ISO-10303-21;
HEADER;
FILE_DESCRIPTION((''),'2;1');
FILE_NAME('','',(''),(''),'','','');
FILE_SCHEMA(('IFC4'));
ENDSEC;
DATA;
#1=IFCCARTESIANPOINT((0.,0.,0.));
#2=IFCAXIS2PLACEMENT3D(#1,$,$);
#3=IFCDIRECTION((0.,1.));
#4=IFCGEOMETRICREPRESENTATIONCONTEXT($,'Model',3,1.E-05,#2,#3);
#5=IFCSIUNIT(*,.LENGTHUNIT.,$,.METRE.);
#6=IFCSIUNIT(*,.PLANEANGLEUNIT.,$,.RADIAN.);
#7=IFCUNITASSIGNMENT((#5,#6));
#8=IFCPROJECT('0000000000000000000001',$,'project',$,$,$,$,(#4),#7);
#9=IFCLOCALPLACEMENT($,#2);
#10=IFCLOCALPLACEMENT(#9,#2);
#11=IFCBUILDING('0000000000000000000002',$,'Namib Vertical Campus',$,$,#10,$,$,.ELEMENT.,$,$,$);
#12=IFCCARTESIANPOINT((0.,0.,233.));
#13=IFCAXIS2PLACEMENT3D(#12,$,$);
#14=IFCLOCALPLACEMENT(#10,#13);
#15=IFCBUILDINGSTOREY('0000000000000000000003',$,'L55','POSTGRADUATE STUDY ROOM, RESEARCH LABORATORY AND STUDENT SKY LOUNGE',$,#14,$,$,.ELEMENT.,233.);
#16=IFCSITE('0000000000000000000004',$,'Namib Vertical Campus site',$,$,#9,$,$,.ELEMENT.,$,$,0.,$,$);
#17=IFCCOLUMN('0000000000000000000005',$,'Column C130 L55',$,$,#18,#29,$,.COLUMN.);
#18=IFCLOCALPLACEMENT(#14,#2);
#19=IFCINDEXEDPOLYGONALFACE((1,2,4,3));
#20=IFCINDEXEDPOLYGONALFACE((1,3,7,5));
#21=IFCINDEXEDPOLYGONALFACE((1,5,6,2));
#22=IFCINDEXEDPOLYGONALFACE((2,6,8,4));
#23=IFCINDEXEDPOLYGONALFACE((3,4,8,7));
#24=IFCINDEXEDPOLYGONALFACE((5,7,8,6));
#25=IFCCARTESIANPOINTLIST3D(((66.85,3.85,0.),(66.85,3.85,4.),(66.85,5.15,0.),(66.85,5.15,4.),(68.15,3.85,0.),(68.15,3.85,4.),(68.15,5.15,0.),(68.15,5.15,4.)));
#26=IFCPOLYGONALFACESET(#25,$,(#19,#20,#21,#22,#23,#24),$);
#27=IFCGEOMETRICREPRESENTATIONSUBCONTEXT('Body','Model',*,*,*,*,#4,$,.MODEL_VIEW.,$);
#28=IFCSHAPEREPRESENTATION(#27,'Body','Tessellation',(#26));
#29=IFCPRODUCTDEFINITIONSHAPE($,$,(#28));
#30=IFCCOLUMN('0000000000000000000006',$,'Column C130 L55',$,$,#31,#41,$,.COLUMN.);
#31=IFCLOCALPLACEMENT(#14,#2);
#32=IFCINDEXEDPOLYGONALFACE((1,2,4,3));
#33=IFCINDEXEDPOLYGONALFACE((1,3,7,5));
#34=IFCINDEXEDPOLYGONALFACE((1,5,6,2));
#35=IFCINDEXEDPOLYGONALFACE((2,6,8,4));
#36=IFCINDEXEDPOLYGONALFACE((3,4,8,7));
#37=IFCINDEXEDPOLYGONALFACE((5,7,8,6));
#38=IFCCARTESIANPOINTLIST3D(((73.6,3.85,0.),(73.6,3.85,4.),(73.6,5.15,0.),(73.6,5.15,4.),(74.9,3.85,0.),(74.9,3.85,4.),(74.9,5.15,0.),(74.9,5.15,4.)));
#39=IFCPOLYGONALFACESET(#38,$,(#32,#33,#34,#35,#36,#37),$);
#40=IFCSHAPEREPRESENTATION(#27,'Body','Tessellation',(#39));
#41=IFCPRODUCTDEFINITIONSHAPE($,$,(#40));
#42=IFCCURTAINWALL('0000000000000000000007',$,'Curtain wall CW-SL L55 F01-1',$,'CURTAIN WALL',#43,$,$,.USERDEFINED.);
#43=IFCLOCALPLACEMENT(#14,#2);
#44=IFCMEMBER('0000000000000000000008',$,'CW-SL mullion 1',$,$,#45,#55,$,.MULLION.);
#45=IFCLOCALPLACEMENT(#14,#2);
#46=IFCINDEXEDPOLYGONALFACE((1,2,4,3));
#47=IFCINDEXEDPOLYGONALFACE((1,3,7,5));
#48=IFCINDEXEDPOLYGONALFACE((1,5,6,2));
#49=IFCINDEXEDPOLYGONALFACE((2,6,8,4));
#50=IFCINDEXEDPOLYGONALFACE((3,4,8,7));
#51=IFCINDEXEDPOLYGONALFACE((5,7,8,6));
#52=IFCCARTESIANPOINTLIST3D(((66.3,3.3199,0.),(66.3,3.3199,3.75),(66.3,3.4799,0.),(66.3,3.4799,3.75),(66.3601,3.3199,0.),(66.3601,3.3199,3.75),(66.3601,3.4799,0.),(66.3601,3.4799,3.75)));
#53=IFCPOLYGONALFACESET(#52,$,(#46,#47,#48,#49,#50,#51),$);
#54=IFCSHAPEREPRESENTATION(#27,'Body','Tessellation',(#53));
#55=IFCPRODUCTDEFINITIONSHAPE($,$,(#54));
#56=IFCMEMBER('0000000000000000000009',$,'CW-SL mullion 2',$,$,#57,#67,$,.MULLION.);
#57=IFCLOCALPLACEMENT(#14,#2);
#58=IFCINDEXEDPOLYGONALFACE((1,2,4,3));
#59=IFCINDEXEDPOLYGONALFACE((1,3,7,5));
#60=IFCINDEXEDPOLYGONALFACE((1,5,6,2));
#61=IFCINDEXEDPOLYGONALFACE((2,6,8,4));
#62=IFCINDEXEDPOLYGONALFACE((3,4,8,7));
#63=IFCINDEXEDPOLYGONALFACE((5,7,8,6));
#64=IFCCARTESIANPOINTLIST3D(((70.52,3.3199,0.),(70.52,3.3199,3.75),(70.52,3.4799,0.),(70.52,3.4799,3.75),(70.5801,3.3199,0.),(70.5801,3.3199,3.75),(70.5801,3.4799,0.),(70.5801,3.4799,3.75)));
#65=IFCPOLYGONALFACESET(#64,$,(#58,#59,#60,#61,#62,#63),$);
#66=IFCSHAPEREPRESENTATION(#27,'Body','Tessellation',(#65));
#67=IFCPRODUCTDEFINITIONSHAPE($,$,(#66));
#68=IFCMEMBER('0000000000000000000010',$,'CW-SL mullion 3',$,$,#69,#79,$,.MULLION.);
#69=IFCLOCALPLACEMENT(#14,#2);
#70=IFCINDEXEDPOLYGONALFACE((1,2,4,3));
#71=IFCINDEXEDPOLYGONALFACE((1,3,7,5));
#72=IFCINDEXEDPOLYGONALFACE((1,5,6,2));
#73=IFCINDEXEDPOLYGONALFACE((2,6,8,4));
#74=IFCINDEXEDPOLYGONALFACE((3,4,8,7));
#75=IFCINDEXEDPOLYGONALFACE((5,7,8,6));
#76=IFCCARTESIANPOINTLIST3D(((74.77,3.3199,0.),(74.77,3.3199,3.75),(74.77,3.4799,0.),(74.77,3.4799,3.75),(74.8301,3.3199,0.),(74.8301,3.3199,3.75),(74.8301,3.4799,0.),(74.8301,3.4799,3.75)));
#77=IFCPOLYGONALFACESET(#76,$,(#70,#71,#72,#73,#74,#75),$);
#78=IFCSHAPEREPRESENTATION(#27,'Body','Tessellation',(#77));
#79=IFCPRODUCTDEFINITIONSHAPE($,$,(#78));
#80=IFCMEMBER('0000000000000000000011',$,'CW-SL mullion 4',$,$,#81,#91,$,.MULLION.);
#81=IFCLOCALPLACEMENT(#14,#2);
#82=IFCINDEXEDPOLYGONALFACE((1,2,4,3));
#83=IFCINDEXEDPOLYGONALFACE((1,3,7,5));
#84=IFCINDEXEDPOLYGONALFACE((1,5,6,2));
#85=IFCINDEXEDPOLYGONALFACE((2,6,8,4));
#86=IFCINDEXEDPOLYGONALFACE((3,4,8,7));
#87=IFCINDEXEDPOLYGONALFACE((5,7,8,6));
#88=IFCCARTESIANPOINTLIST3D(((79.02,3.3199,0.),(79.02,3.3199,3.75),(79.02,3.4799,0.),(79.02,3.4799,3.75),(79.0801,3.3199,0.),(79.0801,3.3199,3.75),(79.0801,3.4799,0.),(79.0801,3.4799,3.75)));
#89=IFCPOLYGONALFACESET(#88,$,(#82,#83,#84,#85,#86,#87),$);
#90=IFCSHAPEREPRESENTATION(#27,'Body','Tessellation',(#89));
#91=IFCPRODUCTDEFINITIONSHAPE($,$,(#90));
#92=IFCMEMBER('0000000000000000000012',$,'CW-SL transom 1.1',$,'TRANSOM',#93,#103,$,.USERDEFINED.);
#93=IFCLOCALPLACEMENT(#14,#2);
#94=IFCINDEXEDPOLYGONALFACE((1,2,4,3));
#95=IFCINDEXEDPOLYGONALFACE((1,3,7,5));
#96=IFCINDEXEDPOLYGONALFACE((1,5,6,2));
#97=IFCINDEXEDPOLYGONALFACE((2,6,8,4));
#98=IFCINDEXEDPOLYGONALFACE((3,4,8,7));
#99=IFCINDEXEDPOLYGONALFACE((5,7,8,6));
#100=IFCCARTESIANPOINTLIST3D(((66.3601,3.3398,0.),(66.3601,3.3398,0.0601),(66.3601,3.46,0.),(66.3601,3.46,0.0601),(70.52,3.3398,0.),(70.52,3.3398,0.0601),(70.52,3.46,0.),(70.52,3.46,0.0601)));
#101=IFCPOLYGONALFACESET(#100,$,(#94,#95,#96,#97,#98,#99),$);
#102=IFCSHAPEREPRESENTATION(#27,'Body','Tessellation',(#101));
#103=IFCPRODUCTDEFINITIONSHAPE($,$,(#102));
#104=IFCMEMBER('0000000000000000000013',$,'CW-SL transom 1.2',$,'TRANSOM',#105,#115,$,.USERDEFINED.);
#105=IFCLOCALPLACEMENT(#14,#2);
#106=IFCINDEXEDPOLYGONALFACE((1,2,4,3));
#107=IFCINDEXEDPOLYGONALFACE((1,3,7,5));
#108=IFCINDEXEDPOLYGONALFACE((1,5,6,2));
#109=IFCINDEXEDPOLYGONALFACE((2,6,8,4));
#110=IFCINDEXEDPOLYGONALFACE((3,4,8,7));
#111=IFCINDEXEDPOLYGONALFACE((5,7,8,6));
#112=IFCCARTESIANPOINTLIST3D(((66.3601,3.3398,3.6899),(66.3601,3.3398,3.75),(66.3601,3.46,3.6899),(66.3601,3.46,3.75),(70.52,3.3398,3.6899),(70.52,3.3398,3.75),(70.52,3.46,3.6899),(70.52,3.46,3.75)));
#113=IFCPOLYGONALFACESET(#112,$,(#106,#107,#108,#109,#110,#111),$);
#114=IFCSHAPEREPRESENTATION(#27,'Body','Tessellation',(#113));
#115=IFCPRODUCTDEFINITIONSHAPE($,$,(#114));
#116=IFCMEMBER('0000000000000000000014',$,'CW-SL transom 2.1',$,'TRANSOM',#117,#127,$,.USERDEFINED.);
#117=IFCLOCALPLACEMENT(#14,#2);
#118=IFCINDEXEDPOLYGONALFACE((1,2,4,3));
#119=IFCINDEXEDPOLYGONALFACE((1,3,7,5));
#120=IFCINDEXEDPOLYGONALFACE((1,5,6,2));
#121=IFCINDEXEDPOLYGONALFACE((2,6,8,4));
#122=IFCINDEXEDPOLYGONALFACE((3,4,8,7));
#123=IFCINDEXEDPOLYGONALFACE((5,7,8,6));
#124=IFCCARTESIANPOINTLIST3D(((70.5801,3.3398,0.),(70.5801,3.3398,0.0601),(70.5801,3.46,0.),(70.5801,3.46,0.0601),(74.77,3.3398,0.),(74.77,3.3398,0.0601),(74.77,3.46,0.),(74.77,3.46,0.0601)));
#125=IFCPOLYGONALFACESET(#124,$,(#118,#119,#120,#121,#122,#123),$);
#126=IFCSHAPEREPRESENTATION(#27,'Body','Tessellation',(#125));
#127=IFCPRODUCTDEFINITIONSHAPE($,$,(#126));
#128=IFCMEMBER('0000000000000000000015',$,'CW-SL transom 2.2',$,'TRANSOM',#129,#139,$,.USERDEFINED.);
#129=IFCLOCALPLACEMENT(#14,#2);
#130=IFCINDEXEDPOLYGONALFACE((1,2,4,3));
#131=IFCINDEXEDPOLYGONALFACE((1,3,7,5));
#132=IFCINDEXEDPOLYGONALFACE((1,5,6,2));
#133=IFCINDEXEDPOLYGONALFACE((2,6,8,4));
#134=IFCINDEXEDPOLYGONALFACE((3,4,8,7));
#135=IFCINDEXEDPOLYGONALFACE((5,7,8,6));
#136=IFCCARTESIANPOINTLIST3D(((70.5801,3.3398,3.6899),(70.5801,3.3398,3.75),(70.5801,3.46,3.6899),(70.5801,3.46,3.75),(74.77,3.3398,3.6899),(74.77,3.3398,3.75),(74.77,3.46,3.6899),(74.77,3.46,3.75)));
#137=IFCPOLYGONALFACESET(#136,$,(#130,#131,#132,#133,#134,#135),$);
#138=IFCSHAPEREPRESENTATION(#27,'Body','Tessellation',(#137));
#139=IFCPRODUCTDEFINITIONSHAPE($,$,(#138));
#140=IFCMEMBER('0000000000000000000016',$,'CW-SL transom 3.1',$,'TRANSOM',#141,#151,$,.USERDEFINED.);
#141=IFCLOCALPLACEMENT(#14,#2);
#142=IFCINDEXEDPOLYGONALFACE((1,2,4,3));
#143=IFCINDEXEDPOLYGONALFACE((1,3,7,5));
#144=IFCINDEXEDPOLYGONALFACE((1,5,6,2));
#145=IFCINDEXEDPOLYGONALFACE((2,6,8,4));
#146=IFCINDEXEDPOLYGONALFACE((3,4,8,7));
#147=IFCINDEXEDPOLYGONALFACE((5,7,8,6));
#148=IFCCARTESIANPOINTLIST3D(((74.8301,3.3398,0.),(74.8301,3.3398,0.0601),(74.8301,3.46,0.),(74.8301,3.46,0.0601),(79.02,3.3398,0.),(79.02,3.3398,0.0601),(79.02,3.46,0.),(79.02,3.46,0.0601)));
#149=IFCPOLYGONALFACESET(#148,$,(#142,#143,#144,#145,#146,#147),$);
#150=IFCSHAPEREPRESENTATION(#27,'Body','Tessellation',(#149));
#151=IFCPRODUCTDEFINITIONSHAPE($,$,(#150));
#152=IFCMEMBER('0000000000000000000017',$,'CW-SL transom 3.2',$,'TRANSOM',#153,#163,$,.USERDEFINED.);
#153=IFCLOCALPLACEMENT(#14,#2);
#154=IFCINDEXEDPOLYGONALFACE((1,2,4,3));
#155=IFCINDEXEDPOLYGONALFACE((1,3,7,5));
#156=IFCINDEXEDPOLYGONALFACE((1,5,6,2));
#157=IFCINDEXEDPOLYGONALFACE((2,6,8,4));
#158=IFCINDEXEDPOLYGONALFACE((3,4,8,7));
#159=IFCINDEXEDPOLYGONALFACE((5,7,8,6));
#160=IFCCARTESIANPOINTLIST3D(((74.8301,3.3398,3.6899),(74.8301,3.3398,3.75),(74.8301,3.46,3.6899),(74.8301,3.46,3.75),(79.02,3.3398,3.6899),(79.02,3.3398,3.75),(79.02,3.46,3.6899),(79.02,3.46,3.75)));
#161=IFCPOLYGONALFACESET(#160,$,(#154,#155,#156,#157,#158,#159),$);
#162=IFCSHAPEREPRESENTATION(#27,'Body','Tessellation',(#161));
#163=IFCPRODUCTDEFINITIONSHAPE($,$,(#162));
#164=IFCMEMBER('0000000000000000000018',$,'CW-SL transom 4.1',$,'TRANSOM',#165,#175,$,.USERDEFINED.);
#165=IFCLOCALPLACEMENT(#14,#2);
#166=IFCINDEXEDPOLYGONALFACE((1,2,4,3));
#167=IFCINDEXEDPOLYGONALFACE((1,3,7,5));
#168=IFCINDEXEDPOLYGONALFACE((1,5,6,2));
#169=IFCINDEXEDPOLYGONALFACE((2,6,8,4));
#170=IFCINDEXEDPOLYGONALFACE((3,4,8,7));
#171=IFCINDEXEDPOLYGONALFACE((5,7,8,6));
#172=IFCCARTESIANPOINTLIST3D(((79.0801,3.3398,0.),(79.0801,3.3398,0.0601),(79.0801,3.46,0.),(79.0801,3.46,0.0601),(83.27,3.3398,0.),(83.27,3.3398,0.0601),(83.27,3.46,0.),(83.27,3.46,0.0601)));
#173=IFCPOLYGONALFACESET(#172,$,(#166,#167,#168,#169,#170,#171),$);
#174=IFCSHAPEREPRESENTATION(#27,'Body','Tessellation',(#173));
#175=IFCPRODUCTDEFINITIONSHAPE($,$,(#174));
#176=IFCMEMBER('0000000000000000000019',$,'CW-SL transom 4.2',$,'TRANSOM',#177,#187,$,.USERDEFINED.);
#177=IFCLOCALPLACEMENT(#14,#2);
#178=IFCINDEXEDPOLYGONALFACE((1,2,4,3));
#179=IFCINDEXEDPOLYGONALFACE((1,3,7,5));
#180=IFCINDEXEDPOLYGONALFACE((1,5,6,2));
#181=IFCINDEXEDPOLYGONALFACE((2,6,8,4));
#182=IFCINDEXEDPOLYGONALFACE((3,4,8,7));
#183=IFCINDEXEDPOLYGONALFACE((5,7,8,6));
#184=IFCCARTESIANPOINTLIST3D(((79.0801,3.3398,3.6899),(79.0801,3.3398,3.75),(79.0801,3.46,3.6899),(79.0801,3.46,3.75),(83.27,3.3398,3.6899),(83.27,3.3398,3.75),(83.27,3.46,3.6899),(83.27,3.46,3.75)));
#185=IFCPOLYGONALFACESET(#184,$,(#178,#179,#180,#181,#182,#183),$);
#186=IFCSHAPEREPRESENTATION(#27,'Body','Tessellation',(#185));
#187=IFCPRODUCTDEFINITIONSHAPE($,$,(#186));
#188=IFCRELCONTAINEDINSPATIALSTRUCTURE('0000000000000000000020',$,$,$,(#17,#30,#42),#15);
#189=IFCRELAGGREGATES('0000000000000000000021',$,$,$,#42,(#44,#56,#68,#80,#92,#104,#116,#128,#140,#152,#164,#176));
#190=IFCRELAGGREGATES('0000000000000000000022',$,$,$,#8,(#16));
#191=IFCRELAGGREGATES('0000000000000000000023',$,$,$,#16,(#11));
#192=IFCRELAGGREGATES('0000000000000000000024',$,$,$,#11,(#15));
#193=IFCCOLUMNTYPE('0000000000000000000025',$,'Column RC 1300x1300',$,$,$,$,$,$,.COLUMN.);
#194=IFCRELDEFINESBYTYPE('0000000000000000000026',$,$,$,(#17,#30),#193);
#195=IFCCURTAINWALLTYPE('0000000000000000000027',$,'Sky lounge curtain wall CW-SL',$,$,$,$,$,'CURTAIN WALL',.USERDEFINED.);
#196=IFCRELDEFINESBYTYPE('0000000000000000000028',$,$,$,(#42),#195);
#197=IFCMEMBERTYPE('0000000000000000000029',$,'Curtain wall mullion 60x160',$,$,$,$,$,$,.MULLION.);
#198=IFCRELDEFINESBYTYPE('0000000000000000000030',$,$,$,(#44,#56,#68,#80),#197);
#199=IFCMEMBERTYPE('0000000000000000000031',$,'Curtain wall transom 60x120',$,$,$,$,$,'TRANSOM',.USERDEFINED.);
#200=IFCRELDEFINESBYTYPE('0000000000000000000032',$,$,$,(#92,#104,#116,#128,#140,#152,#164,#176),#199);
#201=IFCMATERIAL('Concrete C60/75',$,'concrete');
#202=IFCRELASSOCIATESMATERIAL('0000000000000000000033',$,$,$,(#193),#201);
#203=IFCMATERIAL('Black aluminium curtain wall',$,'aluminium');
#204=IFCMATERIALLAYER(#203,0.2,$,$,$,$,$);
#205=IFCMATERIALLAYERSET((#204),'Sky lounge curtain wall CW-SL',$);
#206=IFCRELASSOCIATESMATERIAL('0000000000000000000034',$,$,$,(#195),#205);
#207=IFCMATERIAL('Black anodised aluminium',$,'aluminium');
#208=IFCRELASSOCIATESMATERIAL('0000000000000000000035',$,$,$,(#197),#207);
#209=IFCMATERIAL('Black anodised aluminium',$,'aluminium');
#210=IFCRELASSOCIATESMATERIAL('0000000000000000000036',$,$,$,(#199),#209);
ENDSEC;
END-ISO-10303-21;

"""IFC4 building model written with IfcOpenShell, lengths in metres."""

from ifc_helpers import new_model, si_unit, direction, frame, origin, origin_2d, place, context, subcontext, project, spatial, rectangle, extrude, material, layer, layer_set, material_profile, profile_set, type_object, element, aggregate, save


model = new_model("IFC4")

# Units and contexts
model_context = context("Model", 3, precision=1e-05, world=origin(), true_north=direction((0.0, 1.0)))
body_context = subcontext(model_context, "Body", "Model", "MODEL_VIEW")
ifc_project = project(units=[si_unit("LENGTHUNIT", "METRE"), si_unit("PLANEANGLEUNIT", "RADIAN")], contexts=[model_context])

# Site, building, storey
site_placement = place(None, origin())
site = spatial("IfcSite", under=ifc_project, at=site_placement, Name="Namib Vertical Campus site", CompositionType="ELEMENT", RefElevation=0.0)
building_placement = place(site_placement, origin())
building = spatial("IfcBuilding", under=site, at=building_placement, Name="Namib Vertical Campus", CompositionType="ELEMENT")
storey_placement = place(building_placement, frame((0.0, 0.0, 233.0)))
storey = spatial("IfcBuildingStorey", under=building, at=storey_placement, Name="L55", Description="POSTGRADUATE STUDY ROOM, RESEARCH LABORATORY AND STUDENT SKY LOUNGE", CompositionType="ELEMENT", Elevation=233.0)

# Columns
ifc_material_1 = material(Name="Concrete C60/75", Category="concrete")
ifc_material_profile_1 = material_profile(ifc_material_1, rectangle(XDim=1.3, YDim=1.3, at=origin_2d()))
ifc_profile_set_1 = profile_set([ifc_material_profile_1], Name="Concrete C60/75")
column_type = type_object("IfcColumnType", Name="Column RC 1300x1300", PredefinedType="COLUMN", material=ifc_profile_set_1)
for number, where, z_axis, x_axis, name in (
    (1, (67.5, 4.5, 0.0), (0.0, 0.0, 1.0), (1.0, 0.0, 0.0), "Column C130 L55"),
    (2, (74.25, 4.5, 0.0), (0.0, 0.0, 1.0), (1.0, 0.0, 0.0), "Column C130 L55"),
):
    element("IfcColumn", number, at=place(storey_placement, frame(where, z_axis=z_axis, x_axis=x_axis)), inside=storey, type_object=column_type, Name=name, PredefinedType="COLUMN", context=body_context, shape_type="SweptSolid", body=[
        extrude(rectangle(XDim=1.3, YDim=1.3, at=origin_2d()), origin(), (0.0, 0.0, 1.0), 4.0),
    ])

# Curtain wall, members
ifc_material_2 = material(Name="Black aluminium curtain wall", Category="aluminium")
ifc_layer_1 = layer(ifc_material_2, 0.2)
ifc_layer_set_1 = layer_set([ifc_layer_1], Name="Sky lounge curtain wall CW-SL")
curtain_wall_type = type_object("IfcCurtainWallType", Name="Sky lounge curtain wall CW-SL", ElementType="CURTAIN WALL", PredefinedType="USERDEFINED", material=ifc_layer_set_1)
curtain_wall_placement = place(storey_placement, origin())
curtain_wall = element("IfcCurtainWall", 3, at=curtain_wall_placement, inside=storey, type_object=curtain_wall_type, Name="Curtain wall CW-SL L55 F01-1", ObjectType="CURTAIN WALL", PredefinedType="USERDEFINED")
ifc_material_3 = material(Name="Black anodised aluminium", Category="aluminium")
ifc_material_profile_2 = material_profile(ifc_material_3, rectangle(XDim=0.0601, YDim=0.1599, at=origin_2d()))
ifc_profile_set_2 = profile_set([ifc_material_profile_2], Name="Black anodised aluminium")
member_type_1 = type_object("IfcMemberType", Name="Curtain wall mullion 60x160", PredefinedType="MULLION", material=ifc_profile_set_2)
member_1_placement = place(storey_placement, frame((66.3301, 3.3999, 0.0), z_axis=(0.0, 0.0, 1.0), x_axis=(1.0, 0.0, 0.0)))
member_1 = element("IfcMember", 4, at=member_1_placement, type_object=member_type_1, Name="CW-SL mullion 1", PredefinedType="MULLION", context=body_context, shape_type="SweptSolid", body=[
    extrude(rectangle(XDim=0.0601, YDim=0.1599, at=origin_2d()), origin(), (0.0, 0.0, 1.0), 3.75),
])
member_2_placement = place(storey_placement, frame((70.55, 3.3999, 0.0), z_axis=(0.0, 0.0, 1.0), x_axis=(1.0, 0.0, 0.0)))
member_2 = element("IfcMember", 5, at=member_2_placement, type_object=member_type_1, Name="CW-SL mullion 2", PredefinedType="MULLION", context=body_context, shape_type="SweptSolid", body=[
    extrude(rectangle(XDim=0.0601, YDim=0.1599, at=origin_2d()), origin(), (0.0, 0.0, 1.0), 3.75),
])
member_3_placement = place(storey_placement, frame((74.8, 3.3999, 0.0), z_axis=(0.0, 0.0, 1.0), x_axis=(1.0, 0.0, 0.0)))
member_3 = element("IfcMember", 6, at=member_3_placement, type_object=member_type_1, Name="CW-SL mullion 3", PredefinedType="MULLION", context=body_context, shape_type="SweptSolid", body=[
    extrude(rectangle(XDim=0.0601, YDim=0.1599, at=origin_2d()), origin(), (0.0, 0.0, 1.0), 3.75),
])
member_4_placement = place(storey_placement, frame((79.05, 3.3999, 0.0), z_axis=(0.0, 0.0, 1.0), x_axis=(1.0, 0.0, 0.0)))
member_4 = element("IfcMember", 7, at=member_4_placement, type_object=member_type_1, Name="CW-SL mullion 4", PredefinedType="MULLION", context=body_context, shape_type="SweptSolid", body=[
    extrude(rectangle(XDim=0.0601, YDim=0.1599, at=origin_2d()), origin(), (0.0, 0.0, 1.0), 3.75),
])
ifc_material_4 = material(Name="Black anodised aluminium", Category="aluminium")
ifc_material_profile_3 = material_profile(ifc_material_4, rectangle(XDim=0.0601, YDim=0.1201, at=origin_2d()))
ifc_profile_set_3 = profile_set([ifc_material_profile_3], Name="Black anodised aluminium")
member_type_2 = type_object("IfcMemberType", Name="Curtain wall transom 60x120", ElementType="TRANSOM", PredefinedType="USERDEFINED", material=ifc_profile_set_3)
member_5_placement = place(storey_placement, frame((66.3601, 3.3999, 0.03), z_axis=(1.0, 0.0, 0.0), x_axis=(0.0, 0.0, 1.0)))
member_5 = element("IfcMember", 8, at=member_5_placement, type_object=member_type_2, Name="CW-SL transom 1.1", ObjectType="TRANSOM", PredefinedType="USERDEFINED", context=body_context, shape_type="SweptSolid", body=[
    extrude(rectangle(XDim=0.0601, YDim=0.1201, at=origin_2d()), origin(), (0.0, 0.0, 1.0), 4.1599),
])
member_6_placement = place(storey_placement, frame((66.3601, 3.3999, 3.72), z_axis=(1.0, 0.0, 0.0), x_axis=(0.0, 0.0, 1.0)))
member_6 = element("IfcMember", 9, at=member_6_placement, type_object=member_type_2, Name="CW-SL transom 1.2", ObjectType="TRANSOM", PredefinedType="USERDEFINED", context=body_context, shape_type="SweptSolid", body=[
    extrude(rectangle(XDim=0.0601, YDim=0.1201, at=origin_2d()), origin(), (0.0, 0.0, 1.0), 4.1599),
])
member_7_placement = place(storey_placement, frame((70.5801, 3.3999, 0.03), z_axis=(1.0, 0.0, 0.0), x_axis=(0.0, 0.0, 1.0)))
member_7 = element("IfcMember", 10, at=member_7_placement, type_object=member_type_2, Name="CW-SL transom 2.1", ObjectType="TRANSOM", PredefinedType="USERDEFINED", context=body_context, shape_type="SweptSolid", body=[
    extrude(rectangle(XDim=0.0601, YDim=0.1201, at=origin_2d()), origin(), (0.0, 0.0, 1.0), 4.1899),
])
member_8_placement = place(storey_placement, frame((70.5801, 3.3999, 3.72), z_axis=(1.0, 0.0, 0.0), x_axis=(0.0, 0.0, 1.0)))
member_8 = element("IfcMember", 11, at=member_8_placement, type_object=member_type_2, Name="CW-SL transom 2.2", ObjectType="TRANSOM", PredefinedType="USERDEFINED", context=body_context, shape_type="SweptSolid", body=[
    extrude(rectangle(XDim=0.0601, YDim=0.1201, at=origin_2d()), origin(), (0.0, 0.0, 1.0), 4.1899),
])
member_9_placement = place(storey_placement, frame((74.8301, 3.3999, 0.03), z_axis=(1.0, 0.0, 0.0), x_axis=(0.0, 0.0, 1.0)))
member_9 = element("IfcMember", 12, at=member_9_placement, type_object=member_type_2, Name="CW-SL transom 3.1", ObjectType="TRANSOM", PredefinedType="USERDEFINED", context=body_context, shape_type="SweptSolid", body=[
    extrude(rectangle(XDim=0.0601, YDim=0.1201, at=origin_2d()), origin(), (0.0, 0.0, 1.0), 4.1899),
])
member_10_placement = place(storey_placement, frame((74.8301, 3.3999, 3.72), z_axis=(1.0, 0.0, 0.0), x_axis=(0.0, 0.0, 1.0)))
member_10 = element("IfcMember", 13, at=member_10_placement, type_object=member_type_2, Name="CW-SL transom 3.2", ObjectType="TRANSOM", PredefinedType="USERDEFINED", context=body_context, shape_type="SweptSolid", body=[
    extrude(rectangle(XDim=0.0601, YDim=0.1201, at=origin_2d()), origin(), (0.0, 0.0, 1.0), 4.1899),
])
member_11_placement = place(storey_placement, frame((79.0801, 3.3999, 0.03), z_axis=(1.0, 0.0, 0.0), x_axis=(0.0, 0.0, 1.0)))
member_11 = element("IfcMember", 14, at=member_11_placement, type_object=member_type_2, Name="CW-SL transom 4.1", ObjectType="TRANSOM", PredefinedType="USERDEFINED", context=body_context, shape_type="SweptSolid", body=[
    extrude(rectangle(XDim=0.0601, YDim=0.1201, at=origin_2d()), origin(), (0.0, 0.0, 1.0), 4.1899),
])
member_12_placement = place(storey_placement, frame((79.0801, 3.3999, 3.72), z_axis=(1.0, 0.0, 0.0), x_axis=(0.0, 0.0, 1.0)))
member_12 = element("IfcMember", 15, at=member_12_placement, type_object=member_type_2, Name="CW-SL transom 4.2", ObjectType="TRANSOM", PredefinedType="USERDEFINED", context=body_context, shape_type="SweptSolid", body=[
    extrude(rectangle(XDim=0.0601, YDim=0.1201, at=origin_2d()), origin(), (0.0, 0.0, 1.0), 4.1899),
])

aggregate(curtain_wall, [member_1, member_2, member_3, member_4, member_5, member_6, member_7, member_8, member_9, member_10, member_11, member_12])

save(model, "model.ifc")
